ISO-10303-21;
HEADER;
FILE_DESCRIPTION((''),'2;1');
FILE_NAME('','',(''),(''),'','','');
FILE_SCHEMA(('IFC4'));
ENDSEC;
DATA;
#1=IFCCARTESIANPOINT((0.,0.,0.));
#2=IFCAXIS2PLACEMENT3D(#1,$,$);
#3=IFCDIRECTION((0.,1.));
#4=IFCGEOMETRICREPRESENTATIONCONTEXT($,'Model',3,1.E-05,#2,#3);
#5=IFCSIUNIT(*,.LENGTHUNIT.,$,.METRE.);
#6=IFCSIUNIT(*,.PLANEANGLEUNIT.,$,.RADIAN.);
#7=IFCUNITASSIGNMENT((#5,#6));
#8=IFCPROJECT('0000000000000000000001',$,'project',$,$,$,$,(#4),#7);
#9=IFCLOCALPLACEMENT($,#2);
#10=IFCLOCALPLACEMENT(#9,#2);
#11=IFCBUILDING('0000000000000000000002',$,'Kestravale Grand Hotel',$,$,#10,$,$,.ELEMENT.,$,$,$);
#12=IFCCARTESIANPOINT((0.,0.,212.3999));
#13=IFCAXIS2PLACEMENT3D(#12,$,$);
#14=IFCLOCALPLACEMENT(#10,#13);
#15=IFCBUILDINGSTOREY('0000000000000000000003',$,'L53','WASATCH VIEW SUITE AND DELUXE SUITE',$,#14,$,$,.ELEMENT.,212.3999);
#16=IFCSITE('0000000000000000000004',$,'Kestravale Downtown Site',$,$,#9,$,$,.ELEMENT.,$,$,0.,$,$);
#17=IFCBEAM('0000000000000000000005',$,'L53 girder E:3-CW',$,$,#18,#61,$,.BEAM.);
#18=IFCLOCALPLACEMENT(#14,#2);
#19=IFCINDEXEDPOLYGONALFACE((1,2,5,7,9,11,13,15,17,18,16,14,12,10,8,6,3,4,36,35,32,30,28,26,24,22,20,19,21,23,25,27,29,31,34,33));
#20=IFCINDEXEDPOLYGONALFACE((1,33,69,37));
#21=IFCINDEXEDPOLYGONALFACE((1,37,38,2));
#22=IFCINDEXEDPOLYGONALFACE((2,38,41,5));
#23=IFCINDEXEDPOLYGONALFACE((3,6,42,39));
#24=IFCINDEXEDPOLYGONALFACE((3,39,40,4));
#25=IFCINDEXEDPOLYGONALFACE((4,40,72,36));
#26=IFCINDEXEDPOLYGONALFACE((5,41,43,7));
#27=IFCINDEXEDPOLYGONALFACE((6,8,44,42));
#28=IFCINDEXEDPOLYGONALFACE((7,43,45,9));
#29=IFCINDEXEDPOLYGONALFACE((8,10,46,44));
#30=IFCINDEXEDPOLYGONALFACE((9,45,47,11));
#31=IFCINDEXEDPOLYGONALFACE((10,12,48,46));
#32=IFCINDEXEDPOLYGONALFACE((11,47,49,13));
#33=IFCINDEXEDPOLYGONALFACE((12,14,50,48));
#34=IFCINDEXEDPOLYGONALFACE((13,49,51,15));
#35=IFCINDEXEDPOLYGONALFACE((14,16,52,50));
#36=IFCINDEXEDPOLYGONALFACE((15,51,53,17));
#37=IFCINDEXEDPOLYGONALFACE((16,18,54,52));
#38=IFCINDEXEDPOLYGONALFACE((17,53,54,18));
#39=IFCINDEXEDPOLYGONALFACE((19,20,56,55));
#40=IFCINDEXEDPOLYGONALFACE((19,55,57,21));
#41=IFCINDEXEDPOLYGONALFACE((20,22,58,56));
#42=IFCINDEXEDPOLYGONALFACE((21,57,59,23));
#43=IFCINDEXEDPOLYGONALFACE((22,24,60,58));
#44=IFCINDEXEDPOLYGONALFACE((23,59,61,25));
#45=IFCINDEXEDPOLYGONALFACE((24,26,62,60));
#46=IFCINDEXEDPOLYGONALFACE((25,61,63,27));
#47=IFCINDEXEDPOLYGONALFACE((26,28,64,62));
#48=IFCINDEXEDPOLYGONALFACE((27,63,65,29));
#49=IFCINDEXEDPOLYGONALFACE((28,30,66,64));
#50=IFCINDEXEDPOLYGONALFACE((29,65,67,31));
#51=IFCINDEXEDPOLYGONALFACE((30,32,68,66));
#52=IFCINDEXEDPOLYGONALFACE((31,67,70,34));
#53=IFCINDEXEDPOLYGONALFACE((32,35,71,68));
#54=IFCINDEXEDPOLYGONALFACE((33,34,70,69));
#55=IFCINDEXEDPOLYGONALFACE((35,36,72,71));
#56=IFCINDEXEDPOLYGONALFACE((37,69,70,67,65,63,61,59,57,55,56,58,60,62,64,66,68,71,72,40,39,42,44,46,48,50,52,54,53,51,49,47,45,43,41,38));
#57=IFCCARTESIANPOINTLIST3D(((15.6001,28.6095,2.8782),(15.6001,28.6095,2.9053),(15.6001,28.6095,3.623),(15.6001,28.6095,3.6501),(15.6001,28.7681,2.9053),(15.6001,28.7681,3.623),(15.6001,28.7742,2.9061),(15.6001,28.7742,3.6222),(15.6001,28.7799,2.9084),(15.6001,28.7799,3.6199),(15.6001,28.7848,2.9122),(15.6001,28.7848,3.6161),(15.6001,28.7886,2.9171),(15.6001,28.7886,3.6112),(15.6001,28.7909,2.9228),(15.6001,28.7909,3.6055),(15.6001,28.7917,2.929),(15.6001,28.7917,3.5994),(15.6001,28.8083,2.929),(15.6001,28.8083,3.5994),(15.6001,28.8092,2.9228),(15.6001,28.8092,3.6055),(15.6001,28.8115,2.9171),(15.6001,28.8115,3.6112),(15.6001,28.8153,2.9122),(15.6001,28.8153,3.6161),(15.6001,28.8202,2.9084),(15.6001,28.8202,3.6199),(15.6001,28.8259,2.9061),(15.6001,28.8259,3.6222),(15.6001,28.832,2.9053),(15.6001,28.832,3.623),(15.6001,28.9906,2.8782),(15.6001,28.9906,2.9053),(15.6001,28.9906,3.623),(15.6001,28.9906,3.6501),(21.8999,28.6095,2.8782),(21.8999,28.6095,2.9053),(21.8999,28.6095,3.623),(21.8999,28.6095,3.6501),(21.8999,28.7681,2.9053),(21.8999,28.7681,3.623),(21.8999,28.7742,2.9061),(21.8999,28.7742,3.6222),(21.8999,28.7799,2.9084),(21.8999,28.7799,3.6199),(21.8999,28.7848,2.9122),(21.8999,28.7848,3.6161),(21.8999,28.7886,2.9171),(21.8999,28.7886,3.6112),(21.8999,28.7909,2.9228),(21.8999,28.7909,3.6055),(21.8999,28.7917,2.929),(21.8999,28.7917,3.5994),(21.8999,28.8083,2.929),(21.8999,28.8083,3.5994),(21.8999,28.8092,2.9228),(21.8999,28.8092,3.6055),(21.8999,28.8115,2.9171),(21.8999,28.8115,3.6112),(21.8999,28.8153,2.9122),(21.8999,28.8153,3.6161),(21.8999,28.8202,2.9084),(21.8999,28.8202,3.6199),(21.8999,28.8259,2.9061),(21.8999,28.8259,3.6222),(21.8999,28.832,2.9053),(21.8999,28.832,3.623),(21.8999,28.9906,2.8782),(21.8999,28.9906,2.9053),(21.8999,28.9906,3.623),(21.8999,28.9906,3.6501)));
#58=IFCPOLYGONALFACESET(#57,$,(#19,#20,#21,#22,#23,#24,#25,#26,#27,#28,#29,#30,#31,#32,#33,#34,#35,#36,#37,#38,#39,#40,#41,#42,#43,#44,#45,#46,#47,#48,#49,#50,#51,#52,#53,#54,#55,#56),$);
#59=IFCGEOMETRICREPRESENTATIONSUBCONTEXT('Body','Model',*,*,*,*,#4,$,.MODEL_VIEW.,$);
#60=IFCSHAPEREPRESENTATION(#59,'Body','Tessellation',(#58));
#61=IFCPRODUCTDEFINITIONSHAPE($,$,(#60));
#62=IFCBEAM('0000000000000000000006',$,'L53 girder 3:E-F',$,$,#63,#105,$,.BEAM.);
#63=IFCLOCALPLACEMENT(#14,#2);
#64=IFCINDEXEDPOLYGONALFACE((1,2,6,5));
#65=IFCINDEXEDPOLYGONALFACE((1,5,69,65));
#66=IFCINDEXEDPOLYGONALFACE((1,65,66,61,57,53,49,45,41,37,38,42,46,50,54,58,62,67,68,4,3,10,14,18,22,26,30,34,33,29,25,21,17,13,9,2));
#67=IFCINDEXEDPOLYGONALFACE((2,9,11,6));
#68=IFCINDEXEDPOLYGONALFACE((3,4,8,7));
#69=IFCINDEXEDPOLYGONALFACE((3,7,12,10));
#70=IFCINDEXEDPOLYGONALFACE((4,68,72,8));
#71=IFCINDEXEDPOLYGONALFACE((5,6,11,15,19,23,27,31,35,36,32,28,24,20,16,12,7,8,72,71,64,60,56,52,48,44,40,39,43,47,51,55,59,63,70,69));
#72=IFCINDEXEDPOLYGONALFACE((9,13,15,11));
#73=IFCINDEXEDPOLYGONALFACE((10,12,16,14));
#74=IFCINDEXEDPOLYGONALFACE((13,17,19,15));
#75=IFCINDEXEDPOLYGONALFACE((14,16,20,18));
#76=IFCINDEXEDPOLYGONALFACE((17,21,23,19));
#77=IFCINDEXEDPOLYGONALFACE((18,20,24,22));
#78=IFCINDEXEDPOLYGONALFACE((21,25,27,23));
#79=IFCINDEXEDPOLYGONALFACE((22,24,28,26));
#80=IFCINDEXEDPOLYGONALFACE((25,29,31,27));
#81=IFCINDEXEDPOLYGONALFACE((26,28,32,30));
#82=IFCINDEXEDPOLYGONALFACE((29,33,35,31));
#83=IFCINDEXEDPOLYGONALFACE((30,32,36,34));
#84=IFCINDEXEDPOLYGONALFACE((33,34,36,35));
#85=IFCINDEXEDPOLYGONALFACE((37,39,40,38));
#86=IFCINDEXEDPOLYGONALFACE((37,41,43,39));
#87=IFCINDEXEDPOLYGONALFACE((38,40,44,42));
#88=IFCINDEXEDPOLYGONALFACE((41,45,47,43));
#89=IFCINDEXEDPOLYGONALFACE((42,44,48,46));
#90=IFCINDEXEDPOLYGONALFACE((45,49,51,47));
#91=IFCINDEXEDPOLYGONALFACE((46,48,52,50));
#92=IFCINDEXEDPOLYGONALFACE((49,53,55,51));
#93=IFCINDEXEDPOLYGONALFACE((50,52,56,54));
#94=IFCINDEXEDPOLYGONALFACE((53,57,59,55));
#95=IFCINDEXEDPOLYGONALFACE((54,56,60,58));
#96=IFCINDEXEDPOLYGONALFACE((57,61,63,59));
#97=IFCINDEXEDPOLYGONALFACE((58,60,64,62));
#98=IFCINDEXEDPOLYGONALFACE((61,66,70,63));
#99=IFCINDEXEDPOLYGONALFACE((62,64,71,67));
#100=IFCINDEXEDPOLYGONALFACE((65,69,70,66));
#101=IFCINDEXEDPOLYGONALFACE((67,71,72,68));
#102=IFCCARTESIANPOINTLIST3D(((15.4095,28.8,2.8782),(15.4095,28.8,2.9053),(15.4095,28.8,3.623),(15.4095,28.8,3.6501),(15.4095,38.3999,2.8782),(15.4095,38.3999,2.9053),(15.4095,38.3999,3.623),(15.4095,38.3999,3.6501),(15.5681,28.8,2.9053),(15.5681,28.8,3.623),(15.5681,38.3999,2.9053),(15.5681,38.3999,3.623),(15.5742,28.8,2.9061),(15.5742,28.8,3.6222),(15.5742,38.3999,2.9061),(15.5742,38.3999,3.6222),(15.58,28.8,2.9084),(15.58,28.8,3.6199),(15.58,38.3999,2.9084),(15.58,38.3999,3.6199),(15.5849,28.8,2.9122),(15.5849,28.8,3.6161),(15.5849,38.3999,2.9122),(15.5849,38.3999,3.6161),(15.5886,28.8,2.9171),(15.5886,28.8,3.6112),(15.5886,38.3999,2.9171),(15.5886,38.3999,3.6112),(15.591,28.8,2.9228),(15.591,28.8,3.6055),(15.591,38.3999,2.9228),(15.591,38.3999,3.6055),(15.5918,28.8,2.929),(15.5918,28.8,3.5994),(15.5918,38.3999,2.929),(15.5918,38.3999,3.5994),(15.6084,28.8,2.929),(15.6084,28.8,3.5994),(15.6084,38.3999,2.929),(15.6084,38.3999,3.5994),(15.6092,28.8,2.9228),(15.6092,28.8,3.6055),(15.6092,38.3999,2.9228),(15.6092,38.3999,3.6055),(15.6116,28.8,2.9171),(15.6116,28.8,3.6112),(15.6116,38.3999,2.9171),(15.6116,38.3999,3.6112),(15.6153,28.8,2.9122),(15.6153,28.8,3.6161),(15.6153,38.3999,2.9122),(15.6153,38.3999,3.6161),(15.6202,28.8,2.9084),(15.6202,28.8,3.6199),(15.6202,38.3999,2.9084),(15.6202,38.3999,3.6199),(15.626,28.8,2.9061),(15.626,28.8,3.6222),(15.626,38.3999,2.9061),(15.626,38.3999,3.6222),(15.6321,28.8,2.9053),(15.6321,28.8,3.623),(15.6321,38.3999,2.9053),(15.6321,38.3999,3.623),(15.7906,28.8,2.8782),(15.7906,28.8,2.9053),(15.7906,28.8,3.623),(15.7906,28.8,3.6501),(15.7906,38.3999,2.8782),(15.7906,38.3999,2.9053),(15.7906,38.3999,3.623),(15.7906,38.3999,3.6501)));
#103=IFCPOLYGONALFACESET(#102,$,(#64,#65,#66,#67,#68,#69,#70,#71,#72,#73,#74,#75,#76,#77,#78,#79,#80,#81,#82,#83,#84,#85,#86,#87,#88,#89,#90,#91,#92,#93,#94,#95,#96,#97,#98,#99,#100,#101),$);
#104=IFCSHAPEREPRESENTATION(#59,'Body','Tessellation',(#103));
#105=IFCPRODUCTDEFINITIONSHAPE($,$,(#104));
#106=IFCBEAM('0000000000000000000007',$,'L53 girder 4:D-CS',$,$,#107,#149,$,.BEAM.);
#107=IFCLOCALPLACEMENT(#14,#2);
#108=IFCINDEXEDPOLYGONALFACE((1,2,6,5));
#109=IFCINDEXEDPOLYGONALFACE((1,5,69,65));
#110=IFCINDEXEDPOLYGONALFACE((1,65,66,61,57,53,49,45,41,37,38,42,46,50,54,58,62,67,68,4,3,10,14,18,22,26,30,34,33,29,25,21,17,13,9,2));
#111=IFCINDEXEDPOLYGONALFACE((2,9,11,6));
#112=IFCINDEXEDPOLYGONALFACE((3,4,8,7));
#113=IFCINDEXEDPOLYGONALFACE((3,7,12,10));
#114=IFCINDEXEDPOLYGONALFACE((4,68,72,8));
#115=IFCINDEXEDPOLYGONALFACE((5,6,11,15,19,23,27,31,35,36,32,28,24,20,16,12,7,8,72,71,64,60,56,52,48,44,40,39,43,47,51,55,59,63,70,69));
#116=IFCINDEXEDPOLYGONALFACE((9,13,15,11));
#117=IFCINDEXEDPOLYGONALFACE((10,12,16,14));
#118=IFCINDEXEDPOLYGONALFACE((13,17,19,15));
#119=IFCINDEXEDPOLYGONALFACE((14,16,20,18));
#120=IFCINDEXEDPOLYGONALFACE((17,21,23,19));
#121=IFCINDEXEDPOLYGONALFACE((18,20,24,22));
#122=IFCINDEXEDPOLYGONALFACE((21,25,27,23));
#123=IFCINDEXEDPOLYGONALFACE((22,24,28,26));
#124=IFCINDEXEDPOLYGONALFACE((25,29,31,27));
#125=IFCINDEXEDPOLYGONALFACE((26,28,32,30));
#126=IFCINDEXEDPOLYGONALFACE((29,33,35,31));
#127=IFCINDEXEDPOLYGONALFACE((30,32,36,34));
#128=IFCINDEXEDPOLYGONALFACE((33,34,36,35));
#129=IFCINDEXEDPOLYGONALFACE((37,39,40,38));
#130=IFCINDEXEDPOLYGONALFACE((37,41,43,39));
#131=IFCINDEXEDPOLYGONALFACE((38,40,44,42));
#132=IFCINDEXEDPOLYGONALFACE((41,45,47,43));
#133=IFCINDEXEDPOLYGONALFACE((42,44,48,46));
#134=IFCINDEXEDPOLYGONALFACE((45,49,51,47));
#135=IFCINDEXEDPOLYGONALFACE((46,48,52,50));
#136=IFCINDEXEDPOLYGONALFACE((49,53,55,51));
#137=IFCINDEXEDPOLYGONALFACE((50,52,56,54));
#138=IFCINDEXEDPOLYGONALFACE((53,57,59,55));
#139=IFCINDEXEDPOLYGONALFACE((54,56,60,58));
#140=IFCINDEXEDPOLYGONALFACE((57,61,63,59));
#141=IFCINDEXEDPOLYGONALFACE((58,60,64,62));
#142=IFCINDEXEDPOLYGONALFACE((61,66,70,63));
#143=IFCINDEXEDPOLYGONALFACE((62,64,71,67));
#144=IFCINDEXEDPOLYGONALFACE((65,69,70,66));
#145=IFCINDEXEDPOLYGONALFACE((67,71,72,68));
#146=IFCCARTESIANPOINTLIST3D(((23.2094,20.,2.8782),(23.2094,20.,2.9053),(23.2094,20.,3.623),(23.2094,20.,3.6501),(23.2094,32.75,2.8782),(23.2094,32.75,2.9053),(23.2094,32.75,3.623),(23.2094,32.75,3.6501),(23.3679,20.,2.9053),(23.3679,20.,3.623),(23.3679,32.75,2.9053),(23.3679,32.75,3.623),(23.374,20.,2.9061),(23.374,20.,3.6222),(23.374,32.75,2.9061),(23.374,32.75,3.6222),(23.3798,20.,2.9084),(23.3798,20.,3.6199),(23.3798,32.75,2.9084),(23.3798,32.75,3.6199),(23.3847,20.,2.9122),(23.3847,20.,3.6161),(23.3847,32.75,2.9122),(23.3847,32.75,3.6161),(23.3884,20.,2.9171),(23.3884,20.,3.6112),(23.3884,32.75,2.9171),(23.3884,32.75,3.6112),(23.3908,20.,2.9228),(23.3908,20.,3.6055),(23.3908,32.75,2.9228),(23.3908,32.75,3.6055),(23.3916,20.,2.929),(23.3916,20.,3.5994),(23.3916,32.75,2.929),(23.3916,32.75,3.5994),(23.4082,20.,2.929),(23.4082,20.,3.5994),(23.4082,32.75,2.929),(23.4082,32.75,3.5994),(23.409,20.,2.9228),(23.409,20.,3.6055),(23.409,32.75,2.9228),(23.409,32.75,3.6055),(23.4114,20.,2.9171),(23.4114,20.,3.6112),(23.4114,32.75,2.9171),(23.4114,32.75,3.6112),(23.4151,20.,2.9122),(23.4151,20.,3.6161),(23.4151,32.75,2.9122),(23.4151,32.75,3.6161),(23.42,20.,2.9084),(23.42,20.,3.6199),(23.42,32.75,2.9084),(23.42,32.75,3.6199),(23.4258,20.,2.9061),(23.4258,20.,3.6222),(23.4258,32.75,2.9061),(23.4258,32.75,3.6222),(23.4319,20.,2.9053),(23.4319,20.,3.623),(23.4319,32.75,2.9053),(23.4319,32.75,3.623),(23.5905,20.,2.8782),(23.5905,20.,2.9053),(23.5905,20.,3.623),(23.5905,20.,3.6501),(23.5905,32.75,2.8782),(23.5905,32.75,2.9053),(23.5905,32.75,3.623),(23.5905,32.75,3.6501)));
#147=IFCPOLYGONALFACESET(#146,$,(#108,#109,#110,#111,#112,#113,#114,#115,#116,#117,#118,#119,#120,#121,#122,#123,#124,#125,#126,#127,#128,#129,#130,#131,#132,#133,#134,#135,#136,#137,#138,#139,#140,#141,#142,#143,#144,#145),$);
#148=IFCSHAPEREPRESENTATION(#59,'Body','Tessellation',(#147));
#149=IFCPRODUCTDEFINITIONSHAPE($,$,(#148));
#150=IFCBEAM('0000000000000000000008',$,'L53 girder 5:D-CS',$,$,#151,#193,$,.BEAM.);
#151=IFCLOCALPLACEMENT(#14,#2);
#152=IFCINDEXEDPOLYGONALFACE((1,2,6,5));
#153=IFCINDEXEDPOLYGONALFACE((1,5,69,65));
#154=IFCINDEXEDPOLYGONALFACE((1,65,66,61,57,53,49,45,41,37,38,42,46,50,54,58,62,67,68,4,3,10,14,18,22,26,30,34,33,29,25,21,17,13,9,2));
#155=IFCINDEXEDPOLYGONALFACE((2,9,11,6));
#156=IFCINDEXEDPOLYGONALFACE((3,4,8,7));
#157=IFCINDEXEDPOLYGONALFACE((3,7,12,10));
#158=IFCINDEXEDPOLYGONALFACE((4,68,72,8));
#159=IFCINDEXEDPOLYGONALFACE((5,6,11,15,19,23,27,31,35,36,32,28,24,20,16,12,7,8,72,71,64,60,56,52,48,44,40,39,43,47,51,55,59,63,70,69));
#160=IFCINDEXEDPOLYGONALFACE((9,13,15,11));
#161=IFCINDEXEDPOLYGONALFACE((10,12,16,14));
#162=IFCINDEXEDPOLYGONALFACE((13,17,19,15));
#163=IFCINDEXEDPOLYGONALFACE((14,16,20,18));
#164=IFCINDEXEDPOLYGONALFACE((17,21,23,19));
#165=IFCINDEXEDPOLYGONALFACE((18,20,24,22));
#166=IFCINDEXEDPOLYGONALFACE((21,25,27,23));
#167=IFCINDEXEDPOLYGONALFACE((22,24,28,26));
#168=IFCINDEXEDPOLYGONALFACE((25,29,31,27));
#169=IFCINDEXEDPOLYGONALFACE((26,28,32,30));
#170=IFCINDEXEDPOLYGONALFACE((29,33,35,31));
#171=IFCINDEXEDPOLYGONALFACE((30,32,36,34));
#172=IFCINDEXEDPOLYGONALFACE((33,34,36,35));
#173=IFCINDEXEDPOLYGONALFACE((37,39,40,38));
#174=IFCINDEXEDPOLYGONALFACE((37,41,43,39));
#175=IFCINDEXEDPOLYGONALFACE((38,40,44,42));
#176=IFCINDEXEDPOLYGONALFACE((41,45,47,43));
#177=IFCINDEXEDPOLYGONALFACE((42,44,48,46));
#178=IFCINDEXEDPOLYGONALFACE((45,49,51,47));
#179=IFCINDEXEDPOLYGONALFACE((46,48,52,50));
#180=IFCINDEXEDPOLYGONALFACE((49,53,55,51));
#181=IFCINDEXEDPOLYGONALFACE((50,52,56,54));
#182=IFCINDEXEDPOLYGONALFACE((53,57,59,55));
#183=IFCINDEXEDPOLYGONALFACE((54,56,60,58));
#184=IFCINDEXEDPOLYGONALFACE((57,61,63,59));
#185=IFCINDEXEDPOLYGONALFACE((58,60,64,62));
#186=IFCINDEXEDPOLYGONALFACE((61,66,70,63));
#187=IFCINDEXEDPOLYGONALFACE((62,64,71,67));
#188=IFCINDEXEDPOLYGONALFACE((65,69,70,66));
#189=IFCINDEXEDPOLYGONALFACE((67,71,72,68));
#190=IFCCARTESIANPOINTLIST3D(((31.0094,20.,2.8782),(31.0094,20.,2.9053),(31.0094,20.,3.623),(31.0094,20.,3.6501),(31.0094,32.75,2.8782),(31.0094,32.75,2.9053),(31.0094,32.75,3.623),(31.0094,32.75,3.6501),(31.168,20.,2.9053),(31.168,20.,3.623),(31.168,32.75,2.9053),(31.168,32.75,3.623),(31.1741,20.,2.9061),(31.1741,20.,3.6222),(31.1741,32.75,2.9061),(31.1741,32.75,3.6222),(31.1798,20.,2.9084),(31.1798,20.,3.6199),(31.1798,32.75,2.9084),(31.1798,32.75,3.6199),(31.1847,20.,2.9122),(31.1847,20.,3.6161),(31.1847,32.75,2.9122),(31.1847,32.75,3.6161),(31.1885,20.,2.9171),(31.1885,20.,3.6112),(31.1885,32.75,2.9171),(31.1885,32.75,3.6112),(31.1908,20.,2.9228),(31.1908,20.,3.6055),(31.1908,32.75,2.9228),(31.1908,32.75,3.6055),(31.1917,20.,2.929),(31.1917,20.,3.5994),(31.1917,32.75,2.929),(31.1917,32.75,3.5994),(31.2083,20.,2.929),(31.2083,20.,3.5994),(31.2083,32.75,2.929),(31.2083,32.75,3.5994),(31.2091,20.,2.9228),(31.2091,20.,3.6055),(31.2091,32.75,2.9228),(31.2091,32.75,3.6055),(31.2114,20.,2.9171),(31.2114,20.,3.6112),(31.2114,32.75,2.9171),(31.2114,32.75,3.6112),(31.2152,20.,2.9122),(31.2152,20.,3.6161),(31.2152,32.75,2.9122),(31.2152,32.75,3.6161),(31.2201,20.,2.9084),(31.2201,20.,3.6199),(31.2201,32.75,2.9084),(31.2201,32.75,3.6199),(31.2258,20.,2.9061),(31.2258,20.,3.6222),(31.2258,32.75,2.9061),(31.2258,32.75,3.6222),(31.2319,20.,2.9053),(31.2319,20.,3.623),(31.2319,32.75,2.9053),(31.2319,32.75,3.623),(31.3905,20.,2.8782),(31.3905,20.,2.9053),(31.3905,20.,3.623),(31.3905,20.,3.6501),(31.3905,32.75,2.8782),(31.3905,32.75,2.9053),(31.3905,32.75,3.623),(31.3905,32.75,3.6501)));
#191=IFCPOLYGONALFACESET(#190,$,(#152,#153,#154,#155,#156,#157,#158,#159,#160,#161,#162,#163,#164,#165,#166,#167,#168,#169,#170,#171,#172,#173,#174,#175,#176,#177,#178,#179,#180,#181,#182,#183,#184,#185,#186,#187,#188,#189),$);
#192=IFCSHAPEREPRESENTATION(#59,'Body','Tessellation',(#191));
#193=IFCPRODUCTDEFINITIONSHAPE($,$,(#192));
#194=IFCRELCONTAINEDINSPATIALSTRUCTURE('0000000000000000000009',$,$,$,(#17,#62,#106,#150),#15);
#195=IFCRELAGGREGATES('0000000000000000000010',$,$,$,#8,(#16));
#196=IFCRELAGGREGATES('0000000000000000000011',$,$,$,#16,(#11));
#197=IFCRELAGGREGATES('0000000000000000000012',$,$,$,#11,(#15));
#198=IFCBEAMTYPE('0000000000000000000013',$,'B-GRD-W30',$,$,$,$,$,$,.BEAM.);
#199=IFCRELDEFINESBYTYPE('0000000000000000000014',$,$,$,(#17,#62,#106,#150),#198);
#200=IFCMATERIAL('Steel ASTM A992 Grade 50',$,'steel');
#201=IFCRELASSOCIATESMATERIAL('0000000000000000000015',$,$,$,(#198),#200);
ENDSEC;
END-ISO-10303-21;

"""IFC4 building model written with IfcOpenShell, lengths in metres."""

from ifc_helpers import new_model, si_unit, direction, frame, origin, origin_2d, place, context, subcontext, project, spatial, i_section, extrude, material, material_profile, profile_set, type_object, element, save


model = new_model("IFC4")

# Units and contexts
model_context = context("Model", 3, precision=1e-05, world=origin(), true_north=direction((0.0, 1.0)))
body_context = subcontext(model_context, "Body", "Model", "MODEL_VIEW")
ifc_project = project(units=[si_unit("LENGTHUNIT", "METRE"), si_unit("PLANEANGLEUNIT", "RADIAN")], contexts=[model_context])

# Site, building, storey
site_placement = place(None, origin())
site = spatial("IfcSite", under=ifc_project, at=site_placement, Name="Kestravale Downtown Site", CompositionType="ELEMENT", RefElevation=0.0)
building_placement = place(site_placement, origin())
building = spatial("IfcBuilding", under=site, at=building_placement, Name="Kestravale Grand Hotel", CompositionType="ELEMENT")
storey_placement = place(building_placement, frame((0.0, 0.0, 212.3999)))
storey = spatial("IfcBuildingStorey", under=building, at=storey_placement, Name="L53", Description="WASATCH VIEW SUITE AND DELUXE SUITE", CompositionType="ELEMENT", Elevation=212.3999)

# Beams
ifc_material_1 = material(Name="Steel ASTM A992 Grade 50", Category="steel")
ifc_material_profile_1 = material_profile(ifc_material_1, i_section(OverallWidth=0.3811, OverallDepth=0.772, WebThickness=0.0166, FlangeThickness=0.0271, FilletRadius=0.0237, at=origin_2d()))
ifc_profile_set_1 = profile_set([ifc_material_profile_1], Name="Steel ASTM A992 Grade 50")
beam_type_1 = type_object("IfcBeamType", Name="B-GRD-W30", PredefinedType="BEAM", material=ifc_profile_set_1)
beam_1_placement = place(storey_placement, frame((15.6001, 28.8, 3.2642), z_axis=(1.0, 0.0, 0.0), x_axis=(0.0, 1.0, 0.0)))
element("IfcBeam", 1, at=beam_1_placement, inside=storey, type_object=beam_type_1, Name="L53 girder E:3-CW", PredefinedType="BEAM", context=body_context, shape_type="SweptSolid", body=[
    extrude(i_section(OverallWidth=0.3811, OverallDepth=0.772, WebThickness=0.0166, FlangeThickness=0.0271, FilletRadius=0.0237, at=origin_2d()), origin(), (0.0, 0.0, 1.0), 6.2998),
])
beam_2_placement = place(storey_placement, frame((15.6001, 28.8, 3.2642), z_axis=(0.0, 1.0, 0.0), x_axis=(-1.0, 0.0, 0.0)))
element("IfcBeam", 2, at=beam_2_placement, inside=storey, type_object=beam_type_1, Name="L53 girder 3:E-F", PredefinedType="BEAM", context=body_context, shape_type="SweptSolid", body=[
    extrude(i_section(OverallWidth=0.3811, OverallDepth=0.772, WebThickness=0.0166, FlangeThickness=0.0271, FilletRadius=0.0237, at=origin_2d()), origin(), (0.0, 0.0, 1.0), 9.5999),
])
for number, where, z_axis, x_axis, name in (
    (3, (23.3999, 20.0, 3.2642), (0.0, 1.0, 0.0), (-1.0, 0.0, 0.0), "L53 girder 4:D-CS"),
    (4, (31.2, 20.0, 3.2642), (0.0, 1.0, 0.0), (-1.0, 0.0, 0.0), "L53 girder 5:D-CS"),
):
    element("IfcBeam", number, at=place(storey_placement, frame(where, z_axis=z_axis, x_axis=x_axis)), inside=storey, type_object=beam_type_1, Name=name, PredefinedType="BEAM", context=body_context, shape_type="SweptSolid", body=[
        extrude(i_section(OverallWidth=0.3811, OverallDepth=0.772, WebThickness=0.0166, FlangeThickness=0.0271, FilletRadius=0.0237, at=origin_2d()), origin(), (0.0, 0.0, 1.0), 12.75),
    ])

save(model, "model.ifc")
